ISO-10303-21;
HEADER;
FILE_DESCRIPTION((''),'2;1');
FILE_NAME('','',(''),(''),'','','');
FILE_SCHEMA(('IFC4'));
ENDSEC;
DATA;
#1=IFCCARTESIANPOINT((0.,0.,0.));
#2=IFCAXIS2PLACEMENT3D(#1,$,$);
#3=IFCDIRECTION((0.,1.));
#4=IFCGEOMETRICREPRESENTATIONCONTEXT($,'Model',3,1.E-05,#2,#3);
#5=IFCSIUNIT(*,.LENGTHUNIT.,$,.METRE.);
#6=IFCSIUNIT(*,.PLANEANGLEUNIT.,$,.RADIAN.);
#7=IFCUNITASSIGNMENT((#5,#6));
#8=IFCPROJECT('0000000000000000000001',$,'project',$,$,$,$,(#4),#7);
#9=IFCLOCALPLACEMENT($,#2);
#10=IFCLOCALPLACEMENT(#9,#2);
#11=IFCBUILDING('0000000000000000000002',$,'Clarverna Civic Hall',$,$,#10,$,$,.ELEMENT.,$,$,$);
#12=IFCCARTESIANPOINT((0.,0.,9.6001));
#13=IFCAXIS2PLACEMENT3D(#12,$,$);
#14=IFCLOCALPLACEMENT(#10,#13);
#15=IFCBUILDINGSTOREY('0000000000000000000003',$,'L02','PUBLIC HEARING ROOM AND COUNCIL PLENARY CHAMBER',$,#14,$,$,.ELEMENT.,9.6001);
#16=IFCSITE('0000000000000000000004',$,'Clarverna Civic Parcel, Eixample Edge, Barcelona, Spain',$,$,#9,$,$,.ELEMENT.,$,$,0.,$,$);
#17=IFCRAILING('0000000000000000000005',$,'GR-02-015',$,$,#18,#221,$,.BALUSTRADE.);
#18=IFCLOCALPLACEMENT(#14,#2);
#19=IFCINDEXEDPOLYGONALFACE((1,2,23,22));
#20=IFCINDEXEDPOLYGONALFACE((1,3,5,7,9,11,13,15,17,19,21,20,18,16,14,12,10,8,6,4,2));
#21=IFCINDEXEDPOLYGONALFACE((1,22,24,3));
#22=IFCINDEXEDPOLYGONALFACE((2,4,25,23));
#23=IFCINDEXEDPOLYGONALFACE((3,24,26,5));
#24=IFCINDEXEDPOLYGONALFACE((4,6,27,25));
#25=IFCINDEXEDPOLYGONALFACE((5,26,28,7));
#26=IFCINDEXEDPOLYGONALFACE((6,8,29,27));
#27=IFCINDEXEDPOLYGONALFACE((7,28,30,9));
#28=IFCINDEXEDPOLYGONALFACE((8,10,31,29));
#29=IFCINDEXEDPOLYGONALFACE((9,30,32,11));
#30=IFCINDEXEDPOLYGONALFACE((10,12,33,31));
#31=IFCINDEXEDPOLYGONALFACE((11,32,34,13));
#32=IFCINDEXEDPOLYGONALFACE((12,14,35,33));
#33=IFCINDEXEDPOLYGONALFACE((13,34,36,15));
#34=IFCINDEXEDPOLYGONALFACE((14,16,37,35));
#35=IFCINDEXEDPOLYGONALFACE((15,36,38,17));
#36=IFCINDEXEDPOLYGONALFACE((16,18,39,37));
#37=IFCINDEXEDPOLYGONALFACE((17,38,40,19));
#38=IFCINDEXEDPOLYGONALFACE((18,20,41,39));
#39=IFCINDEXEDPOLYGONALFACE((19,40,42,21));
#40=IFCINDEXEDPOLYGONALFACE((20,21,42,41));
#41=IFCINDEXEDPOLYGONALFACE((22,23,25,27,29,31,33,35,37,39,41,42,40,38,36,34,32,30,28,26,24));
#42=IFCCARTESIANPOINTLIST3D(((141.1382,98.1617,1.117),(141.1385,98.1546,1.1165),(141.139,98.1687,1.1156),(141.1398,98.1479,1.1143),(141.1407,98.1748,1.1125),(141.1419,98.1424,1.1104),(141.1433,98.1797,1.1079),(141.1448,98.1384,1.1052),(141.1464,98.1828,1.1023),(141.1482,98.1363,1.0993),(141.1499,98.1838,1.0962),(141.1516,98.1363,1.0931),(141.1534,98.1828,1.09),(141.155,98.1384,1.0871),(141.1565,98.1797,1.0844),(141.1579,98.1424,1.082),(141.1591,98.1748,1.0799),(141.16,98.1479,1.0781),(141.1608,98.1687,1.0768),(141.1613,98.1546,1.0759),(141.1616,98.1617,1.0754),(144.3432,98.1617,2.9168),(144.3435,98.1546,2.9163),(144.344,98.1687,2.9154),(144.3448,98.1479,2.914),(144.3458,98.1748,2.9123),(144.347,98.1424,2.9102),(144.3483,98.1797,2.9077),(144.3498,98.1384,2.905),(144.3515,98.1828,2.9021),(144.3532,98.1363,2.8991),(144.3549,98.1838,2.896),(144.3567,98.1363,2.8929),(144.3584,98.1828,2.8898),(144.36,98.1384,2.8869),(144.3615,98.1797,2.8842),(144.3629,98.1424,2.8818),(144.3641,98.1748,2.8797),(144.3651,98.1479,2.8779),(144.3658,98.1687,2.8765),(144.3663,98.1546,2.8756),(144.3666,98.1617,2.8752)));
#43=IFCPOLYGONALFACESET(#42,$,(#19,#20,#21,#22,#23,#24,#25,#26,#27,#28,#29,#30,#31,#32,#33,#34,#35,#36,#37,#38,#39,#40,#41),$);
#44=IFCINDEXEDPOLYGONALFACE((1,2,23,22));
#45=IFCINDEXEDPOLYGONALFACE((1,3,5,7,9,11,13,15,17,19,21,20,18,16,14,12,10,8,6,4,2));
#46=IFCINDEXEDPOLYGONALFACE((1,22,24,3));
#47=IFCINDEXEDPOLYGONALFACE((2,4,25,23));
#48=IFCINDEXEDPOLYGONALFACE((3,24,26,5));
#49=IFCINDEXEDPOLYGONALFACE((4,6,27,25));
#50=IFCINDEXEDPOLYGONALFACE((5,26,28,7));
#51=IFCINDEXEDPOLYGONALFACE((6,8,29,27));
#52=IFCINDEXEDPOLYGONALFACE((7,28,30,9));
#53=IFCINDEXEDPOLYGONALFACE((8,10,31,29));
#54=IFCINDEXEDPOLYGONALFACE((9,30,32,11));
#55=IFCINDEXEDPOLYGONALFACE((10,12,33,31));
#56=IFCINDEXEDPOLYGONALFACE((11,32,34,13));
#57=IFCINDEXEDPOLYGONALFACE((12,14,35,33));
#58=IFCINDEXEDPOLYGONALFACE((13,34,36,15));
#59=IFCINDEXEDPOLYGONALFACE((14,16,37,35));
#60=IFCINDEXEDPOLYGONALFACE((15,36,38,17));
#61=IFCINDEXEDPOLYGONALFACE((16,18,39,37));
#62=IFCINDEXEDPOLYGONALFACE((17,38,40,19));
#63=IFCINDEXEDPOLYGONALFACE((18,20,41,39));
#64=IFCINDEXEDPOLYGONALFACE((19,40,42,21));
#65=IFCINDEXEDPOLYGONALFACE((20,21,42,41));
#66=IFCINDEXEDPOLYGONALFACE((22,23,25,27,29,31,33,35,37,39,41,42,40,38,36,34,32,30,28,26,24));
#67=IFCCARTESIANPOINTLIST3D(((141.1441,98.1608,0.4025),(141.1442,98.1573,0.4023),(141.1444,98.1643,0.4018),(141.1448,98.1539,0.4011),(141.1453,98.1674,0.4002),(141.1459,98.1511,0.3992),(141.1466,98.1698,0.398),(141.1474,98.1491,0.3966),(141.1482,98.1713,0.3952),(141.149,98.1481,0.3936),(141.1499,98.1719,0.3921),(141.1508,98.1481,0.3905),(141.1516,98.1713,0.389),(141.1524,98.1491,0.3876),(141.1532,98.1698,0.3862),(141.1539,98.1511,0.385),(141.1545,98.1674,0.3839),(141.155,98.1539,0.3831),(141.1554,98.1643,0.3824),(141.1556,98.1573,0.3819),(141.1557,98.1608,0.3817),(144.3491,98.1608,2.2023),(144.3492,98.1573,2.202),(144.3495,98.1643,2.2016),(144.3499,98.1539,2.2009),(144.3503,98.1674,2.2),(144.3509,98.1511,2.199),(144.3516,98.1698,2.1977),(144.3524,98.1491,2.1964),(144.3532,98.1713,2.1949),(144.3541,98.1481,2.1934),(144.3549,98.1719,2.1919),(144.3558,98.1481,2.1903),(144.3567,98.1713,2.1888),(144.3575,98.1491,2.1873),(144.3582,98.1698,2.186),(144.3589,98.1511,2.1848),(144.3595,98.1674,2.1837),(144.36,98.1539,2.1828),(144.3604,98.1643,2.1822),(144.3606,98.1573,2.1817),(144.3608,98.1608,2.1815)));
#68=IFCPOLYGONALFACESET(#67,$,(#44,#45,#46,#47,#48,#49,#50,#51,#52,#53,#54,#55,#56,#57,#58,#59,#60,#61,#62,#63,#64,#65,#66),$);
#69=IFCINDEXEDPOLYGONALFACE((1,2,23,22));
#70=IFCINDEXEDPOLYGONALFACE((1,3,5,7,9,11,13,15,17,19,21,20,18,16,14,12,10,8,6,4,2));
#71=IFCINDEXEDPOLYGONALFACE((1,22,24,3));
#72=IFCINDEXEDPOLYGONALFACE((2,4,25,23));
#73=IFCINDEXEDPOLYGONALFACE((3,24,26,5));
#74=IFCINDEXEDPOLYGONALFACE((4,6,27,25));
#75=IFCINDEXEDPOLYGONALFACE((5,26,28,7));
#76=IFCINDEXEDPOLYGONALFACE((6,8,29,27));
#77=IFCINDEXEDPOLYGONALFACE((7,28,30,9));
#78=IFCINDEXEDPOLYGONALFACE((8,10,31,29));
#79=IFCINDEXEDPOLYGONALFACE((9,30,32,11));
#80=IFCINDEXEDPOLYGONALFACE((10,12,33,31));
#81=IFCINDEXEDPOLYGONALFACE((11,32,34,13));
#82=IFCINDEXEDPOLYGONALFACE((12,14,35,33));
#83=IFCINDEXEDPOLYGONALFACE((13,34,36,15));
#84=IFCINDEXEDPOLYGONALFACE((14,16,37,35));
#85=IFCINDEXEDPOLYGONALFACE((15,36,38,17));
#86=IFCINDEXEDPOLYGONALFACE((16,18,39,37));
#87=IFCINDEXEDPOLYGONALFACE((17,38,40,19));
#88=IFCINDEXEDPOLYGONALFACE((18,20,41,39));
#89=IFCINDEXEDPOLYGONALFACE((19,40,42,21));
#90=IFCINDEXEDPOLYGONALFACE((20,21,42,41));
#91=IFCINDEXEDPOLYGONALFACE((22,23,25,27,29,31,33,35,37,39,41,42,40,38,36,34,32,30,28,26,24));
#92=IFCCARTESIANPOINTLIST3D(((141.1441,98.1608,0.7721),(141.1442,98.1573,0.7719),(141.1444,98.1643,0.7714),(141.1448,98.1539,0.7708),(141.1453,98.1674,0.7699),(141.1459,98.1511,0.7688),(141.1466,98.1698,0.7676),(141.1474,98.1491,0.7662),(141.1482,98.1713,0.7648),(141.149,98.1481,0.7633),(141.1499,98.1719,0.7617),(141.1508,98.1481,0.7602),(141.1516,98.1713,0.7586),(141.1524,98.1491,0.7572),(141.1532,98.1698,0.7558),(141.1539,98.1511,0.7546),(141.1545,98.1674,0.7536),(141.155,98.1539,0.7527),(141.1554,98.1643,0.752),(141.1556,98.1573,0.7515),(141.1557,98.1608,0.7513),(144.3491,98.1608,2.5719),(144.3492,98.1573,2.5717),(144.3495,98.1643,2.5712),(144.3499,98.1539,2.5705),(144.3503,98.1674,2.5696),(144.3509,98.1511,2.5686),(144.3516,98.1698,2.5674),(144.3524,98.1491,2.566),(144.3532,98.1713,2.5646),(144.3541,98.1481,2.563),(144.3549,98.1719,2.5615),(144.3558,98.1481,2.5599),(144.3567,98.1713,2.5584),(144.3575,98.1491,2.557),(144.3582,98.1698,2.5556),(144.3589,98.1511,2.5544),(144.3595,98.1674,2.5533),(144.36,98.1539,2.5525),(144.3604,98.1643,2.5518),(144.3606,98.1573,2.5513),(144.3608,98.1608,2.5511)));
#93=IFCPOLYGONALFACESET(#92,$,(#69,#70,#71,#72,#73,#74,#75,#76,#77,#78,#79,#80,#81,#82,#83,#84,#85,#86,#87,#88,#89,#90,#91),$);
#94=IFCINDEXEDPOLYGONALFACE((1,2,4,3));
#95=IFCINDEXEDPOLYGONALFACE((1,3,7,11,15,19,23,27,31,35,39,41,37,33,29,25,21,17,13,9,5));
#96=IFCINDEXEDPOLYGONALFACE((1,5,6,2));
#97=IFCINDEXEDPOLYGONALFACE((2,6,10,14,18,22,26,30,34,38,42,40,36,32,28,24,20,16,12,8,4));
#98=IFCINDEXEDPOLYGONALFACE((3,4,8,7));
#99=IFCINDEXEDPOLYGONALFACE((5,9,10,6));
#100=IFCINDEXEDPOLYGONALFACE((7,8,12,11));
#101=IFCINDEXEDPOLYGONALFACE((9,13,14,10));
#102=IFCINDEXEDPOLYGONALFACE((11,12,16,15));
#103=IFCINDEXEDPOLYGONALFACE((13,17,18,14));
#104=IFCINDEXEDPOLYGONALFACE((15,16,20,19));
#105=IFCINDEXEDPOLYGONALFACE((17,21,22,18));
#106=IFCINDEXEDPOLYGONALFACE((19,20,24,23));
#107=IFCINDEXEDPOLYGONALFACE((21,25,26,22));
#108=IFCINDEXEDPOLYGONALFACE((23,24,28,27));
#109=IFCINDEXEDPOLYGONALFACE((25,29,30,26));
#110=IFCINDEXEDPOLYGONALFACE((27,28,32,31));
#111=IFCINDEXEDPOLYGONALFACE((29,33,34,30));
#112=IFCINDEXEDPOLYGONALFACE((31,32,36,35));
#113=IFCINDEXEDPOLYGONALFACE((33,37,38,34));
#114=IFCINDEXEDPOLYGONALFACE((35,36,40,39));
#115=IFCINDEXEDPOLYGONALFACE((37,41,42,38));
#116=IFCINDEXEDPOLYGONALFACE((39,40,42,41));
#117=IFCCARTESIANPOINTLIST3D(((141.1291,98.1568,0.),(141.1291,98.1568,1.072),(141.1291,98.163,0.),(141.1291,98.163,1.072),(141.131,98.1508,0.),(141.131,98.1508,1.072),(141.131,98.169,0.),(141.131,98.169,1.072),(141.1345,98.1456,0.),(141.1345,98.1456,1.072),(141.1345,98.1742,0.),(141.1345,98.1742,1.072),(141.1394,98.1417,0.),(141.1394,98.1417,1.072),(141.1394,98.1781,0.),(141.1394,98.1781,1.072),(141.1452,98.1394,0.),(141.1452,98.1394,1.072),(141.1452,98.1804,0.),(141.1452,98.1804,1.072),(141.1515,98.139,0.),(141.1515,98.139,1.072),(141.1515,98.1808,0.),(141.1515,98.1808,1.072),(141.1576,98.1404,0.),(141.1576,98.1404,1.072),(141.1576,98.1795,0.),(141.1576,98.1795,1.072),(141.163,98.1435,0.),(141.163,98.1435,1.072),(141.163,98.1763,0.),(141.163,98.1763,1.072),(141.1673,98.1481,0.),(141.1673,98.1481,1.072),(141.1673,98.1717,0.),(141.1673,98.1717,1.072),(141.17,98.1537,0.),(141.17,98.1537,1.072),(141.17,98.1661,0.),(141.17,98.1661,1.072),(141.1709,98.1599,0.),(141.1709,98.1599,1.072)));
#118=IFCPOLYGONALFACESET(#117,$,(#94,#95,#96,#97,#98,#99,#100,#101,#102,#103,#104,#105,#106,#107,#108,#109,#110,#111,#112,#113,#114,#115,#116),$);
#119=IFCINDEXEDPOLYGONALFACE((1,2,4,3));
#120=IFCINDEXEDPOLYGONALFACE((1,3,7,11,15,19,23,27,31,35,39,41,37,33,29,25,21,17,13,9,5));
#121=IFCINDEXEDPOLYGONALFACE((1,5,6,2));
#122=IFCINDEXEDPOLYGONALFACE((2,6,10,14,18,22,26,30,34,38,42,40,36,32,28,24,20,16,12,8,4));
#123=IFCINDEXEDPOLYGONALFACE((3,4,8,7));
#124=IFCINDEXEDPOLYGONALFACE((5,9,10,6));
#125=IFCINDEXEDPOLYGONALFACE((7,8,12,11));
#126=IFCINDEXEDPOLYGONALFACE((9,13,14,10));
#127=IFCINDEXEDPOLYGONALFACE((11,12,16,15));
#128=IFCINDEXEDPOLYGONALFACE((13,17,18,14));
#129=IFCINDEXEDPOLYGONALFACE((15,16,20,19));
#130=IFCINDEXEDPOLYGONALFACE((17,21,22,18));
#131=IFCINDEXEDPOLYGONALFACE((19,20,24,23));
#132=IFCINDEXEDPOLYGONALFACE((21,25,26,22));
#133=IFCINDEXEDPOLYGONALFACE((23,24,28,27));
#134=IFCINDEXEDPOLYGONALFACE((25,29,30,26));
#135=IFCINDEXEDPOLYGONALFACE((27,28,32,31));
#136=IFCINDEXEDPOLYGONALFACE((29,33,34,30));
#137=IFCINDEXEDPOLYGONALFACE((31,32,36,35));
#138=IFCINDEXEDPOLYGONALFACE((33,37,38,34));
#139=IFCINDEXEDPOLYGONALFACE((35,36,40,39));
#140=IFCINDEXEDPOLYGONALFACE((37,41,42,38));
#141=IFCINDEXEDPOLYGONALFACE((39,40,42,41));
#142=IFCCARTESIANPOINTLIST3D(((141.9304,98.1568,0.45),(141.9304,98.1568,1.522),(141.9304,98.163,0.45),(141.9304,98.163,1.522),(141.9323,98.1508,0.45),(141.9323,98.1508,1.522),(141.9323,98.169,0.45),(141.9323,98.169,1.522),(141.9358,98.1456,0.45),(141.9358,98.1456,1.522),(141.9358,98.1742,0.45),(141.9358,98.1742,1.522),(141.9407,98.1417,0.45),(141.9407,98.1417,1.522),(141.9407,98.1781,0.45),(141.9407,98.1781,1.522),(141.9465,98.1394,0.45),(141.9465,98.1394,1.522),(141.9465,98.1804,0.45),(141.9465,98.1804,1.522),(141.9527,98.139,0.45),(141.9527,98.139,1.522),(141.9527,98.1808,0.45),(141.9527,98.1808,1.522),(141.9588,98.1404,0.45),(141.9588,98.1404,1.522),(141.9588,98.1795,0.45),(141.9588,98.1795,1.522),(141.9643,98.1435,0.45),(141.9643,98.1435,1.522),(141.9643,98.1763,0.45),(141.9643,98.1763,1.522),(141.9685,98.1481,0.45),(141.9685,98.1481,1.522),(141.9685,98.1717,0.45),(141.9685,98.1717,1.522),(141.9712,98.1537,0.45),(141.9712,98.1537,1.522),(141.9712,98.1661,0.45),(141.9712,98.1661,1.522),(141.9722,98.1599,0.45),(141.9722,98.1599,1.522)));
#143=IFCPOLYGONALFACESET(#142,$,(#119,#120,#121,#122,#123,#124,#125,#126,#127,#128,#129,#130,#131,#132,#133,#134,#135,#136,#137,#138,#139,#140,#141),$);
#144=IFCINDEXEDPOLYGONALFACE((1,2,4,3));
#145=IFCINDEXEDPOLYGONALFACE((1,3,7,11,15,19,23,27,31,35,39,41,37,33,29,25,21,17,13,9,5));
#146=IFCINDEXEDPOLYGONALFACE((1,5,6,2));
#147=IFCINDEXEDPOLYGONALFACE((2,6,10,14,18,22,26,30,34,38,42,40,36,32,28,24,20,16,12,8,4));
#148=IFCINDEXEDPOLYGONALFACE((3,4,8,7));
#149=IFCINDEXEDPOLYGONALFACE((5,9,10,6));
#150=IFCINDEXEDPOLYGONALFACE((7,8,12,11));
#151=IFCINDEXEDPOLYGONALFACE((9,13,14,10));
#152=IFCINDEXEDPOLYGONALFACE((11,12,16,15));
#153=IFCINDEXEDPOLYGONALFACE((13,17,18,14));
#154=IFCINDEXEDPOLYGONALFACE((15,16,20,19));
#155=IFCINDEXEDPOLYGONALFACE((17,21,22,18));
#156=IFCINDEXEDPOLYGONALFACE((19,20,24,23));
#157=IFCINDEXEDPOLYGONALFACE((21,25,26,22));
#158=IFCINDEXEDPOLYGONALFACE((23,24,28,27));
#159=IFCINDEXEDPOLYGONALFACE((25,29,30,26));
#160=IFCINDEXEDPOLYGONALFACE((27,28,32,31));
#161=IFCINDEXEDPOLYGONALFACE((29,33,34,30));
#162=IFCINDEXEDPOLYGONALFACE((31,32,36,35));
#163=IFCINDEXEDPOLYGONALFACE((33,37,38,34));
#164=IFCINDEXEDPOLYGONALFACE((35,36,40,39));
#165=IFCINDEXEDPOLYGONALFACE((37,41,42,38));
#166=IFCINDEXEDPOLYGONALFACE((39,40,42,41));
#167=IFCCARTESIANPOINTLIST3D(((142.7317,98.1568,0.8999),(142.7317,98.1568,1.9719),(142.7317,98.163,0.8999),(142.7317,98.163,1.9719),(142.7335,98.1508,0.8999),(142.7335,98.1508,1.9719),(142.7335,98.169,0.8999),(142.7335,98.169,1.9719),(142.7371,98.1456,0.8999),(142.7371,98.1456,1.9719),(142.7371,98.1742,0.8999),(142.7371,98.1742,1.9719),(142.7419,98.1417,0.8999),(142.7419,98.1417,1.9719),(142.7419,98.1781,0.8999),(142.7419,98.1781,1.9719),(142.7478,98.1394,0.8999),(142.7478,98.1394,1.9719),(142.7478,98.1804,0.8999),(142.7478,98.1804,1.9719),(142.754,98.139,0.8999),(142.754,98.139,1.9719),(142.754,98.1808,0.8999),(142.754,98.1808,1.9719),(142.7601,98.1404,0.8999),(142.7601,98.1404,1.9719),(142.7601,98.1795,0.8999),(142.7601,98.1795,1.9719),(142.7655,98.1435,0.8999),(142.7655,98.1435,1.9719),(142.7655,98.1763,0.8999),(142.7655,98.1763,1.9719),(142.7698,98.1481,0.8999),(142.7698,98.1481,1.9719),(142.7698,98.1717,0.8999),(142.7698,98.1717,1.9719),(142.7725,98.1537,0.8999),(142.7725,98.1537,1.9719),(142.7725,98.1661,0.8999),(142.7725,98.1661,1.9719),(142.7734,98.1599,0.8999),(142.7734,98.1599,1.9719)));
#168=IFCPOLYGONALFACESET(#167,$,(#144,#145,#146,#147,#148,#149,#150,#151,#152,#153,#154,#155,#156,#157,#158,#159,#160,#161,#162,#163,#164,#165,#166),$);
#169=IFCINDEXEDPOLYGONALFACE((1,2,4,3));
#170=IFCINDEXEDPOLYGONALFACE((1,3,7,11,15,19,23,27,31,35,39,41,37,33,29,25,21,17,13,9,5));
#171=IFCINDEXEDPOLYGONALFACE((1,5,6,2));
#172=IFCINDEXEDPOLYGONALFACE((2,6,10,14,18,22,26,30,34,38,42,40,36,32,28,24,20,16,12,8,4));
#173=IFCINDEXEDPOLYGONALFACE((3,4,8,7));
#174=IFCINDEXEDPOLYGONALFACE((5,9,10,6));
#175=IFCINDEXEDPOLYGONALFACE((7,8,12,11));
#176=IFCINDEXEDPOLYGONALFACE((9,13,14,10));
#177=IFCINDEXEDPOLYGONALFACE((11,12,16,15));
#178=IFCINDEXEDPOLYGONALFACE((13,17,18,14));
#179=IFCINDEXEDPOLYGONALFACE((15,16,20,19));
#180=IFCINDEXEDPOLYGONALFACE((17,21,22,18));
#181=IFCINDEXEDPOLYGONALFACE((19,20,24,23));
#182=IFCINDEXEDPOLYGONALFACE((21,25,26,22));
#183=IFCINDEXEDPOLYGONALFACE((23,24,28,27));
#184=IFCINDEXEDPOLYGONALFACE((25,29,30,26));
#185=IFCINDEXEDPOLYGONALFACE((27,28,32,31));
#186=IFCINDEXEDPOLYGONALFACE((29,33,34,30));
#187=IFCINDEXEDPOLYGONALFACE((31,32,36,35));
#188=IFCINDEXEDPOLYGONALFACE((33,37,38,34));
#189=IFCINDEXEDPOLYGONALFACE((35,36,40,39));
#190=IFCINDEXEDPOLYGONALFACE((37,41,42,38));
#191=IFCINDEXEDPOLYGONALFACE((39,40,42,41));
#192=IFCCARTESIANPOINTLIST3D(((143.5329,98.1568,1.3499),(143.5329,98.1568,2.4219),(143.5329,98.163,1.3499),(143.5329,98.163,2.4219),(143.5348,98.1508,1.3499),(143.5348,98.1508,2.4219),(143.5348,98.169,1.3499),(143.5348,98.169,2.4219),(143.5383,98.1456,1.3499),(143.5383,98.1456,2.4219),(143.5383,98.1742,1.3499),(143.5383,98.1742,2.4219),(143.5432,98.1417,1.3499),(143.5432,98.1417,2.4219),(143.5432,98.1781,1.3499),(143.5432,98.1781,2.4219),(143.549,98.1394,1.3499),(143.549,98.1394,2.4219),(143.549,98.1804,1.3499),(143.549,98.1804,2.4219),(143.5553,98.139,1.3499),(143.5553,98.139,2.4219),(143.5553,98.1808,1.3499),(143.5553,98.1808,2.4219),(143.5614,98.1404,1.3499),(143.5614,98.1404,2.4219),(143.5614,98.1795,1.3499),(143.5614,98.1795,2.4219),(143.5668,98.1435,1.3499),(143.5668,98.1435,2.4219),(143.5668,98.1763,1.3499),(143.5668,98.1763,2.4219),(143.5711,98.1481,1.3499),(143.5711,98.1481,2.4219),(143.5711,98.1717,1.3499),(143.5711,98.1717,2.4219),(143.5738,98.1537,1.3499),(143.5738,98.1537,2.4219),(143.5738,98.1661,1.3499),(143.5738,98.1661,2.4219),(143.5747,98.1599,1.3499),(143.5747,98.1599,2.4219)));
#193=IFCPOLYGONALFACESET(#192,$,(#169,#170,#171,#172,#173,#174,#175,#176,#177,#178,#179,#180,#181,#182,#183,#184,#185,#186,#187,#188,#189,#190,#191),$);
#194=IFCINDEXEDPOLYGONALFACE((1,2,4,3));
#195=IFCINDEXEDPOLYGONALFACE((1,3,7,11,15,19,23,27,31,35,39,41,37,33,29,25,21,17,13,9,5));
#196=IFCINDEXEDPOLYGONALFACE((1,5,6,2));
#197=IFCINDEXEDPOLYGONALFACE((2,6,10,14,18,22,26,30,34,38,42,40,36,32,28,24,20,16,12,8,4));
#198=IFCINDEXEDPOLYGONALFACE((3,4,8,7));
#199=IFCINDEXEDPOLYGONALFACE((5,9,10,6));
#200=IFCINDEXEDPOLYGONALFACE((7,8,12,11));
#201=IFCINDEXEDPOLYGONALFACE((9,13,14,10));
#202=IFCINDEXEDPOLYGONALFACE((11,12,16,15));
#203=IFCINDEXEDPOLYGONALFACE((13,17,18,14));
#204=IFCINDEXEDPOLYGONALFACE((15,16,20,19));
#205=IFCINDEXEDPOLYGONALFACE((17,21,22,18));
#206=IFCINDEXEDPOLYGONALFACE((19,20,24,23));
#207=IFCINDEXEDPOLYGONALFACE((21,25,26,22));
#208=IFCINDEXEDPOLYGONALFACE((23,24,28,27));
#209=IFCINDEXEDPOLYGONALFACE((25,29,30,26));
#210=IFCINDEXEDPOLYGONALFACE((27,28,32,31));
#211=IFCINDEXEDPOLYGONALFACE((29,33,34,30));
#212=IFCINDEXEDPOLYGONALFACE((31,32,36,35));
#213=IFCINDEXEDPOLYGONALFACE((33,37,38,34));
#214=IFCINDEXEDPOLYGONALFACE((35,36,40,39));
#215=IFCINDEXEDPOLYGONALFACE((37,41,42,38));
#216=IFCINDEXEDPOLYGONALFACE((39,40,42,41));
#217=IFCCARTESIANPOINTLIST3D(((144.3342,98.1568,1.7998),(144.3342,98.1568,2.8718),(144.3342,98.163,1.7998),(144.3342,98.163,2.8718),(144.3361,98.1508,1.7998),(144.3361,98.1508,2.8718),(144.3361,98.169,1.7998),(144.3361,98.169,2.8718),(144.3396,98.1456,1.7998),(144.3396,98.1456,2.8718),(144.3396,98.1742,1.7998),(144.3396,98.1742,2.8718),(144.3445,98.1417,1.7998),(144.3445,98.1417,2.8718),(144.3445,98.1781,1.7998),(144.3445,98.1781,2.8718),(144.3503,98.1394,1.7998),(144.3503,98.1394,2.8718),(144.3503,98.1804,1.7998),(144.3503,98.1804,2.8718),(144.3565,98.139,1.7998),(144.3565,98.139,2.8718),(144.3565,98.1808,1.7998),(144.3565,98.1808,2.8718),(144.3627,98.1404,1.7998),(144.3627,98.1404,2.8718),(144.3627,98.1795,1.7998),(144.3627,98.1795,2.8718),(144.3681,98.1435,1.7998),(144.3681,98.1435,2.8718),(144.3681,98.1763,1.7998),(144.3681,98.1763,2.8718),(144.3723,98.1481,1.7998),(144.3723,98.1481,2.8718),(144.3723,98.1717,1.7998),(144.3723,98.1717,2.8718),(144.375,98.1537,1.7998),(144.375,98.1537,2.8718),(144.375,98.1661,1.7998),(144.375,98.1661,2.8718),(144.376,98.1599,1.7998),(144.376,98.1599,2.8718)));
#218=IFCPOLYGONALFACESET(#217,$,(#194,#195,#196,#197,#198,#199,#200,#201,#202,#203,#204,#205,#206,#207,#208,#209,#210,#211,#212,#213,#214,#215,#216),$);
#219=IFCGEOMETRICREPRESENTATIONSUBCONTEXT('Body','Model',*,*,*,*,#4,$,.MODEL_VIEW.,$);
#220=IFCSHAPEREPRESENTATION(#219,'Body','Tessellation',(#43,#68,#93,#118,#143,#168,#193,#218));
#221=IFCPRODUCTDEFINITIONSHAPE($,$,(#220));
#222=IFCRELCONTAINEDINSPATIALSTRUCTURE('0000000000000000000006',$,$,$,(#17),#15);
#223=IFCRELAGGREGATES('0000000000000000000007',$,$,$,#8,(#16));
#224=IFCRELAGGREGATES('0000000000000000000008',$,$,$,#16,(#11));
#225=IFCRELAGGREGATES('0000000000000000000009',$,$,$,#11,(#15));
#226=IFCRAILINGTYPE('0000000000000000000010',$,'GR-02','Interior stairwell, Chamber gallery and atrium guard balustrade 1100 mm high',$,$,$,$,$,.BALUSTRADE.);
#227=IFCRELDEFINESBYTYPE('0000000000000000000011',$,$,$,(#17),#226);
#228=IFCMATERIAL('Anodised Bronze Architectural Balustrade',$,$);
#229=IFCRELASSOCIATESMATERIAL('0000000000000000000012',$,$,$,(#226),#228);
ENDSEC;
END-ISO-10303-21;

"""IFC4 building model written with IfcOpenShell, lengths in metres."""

from ifc_helpers import new_model, si_unit, direction, frame, origin, origin_2d, place, context, subcontext, project, spatial, circle, extrude, material, type_object, element, save


model = new_model("IFC4")

# Units and contexts
model_context = context("Model", 3, precision=1e-05, world=origin(), true_north=direction((0.0, 1.0)))
body_context = subcontext(model_context, "Body", "Model", "MODEL_VIEW")
ifc_project = project(units=[si_unit("LENGTHUNIT", "METRE"), si_unit("PLANEANGLEUNIT", "RADIAN")], contexts=[model_context])

# Site, building, storey
site_placement = place(None, origin())
site = spatial("IfcSite", under=ifc_project, at=site_placement, Name="Clarverna Civic Parcel, Eixample Edge, Barcelona, Spain", CompositionType="ELEMENT", RefElevation=0.0)
building_placement = place(site_placement, origin())
building = spatial("IfcBuilding", under=site, at=building_placement, Name="Clarverna Civic Hall", CompositionType="ELEMENT")
storey_placement = place(building_placement, frame((0.0, 0.0, 9.6001)))
storey = spatial("IfcBuildingStorey", under=building, at=storey_placement, Name="L02", Description="PUBLIC HEARING ROOM AND COUNCIL PLENARY CHAMBER", CompositionType="ELEMENT", Elevation=9.6001)

# Railing
ifc_material_1 = material(Name="Anodised Bronze Architectural Balustrade")
railing_type_1 = type_object("IfcRailingType", Name="GR-02", Description="Interior stairwell, Chamber gallery and atrium guard balustrade 1100 mm high", PredefinedType="BALUSTRADE", material=ifc_material_1)
railing_1_placement = place(storey_placement, frame((141.1499, 98.1599, 0.0)))
element("IfcRailing", 1, at=railing_1_placement, inside=storey, type_object=railing_type_1, Name="GR-02-015", PredefinedType="BALUSTRADE", context=body_context, shape_type="SweptSolid", body=[
    extrude(circle(Radius=0.0239, at=origin_2d()), frame((0.0, 0.0, 1.0962), z_axis=(0.87193, 0.0, 0.48963), x_axis=(0.0, 1.0, 0.0)), (0.0, 0.0, 1.0), 3.6758),
    extrude(circle(Radius=0.012, at=origin_2d()), frame((0.0, 0.0, 0.3921), z_axis=(0.87193, 0.0, 0.48963), x_axis=(0.0, 1.0, 0.0)), (0.0, 0.0, 1.0), 3.6758),
    extrude(circle(Radius=0.012, at=origin_2d()), frame((0.0, 0.0, 0.7617), z_axis=(0.87193, 0.0, 0.48963), x_axis=(0.0, 1.0, 0.0)), (0.0, 0.0, 1.0), 3.6758),
    extrude(circle(Radius=0.021, at=origin_2d()), origin(), (0.0, 0.0, 1.0), 1.072),
    extrude(circle(Radius=0.021, at=origin_2d()), frame((0.8013, 0.0, 0.45)), (0.0, 0.0, 1.0), 1.072),
    extrude(circle(Radius=0.021, at=origin_2d()), frame((1.6025, 0.0, 0.8999)), (0.0, 0.0, 1.0), 1.072),
    extrude(circle(Radius=0.021, at=origin_2d()), frame((2.4038, 0.0, 1.3499)), (0.0, 0.0, 1.0), 1.072),
    extrude(circle(Radius=0.021, at=origin_2d()), frame((3.2051, 0.0, 1.7998)), (0.0, 0.0, 1.0), 1.072),
])

save(model, "model.ifc")
